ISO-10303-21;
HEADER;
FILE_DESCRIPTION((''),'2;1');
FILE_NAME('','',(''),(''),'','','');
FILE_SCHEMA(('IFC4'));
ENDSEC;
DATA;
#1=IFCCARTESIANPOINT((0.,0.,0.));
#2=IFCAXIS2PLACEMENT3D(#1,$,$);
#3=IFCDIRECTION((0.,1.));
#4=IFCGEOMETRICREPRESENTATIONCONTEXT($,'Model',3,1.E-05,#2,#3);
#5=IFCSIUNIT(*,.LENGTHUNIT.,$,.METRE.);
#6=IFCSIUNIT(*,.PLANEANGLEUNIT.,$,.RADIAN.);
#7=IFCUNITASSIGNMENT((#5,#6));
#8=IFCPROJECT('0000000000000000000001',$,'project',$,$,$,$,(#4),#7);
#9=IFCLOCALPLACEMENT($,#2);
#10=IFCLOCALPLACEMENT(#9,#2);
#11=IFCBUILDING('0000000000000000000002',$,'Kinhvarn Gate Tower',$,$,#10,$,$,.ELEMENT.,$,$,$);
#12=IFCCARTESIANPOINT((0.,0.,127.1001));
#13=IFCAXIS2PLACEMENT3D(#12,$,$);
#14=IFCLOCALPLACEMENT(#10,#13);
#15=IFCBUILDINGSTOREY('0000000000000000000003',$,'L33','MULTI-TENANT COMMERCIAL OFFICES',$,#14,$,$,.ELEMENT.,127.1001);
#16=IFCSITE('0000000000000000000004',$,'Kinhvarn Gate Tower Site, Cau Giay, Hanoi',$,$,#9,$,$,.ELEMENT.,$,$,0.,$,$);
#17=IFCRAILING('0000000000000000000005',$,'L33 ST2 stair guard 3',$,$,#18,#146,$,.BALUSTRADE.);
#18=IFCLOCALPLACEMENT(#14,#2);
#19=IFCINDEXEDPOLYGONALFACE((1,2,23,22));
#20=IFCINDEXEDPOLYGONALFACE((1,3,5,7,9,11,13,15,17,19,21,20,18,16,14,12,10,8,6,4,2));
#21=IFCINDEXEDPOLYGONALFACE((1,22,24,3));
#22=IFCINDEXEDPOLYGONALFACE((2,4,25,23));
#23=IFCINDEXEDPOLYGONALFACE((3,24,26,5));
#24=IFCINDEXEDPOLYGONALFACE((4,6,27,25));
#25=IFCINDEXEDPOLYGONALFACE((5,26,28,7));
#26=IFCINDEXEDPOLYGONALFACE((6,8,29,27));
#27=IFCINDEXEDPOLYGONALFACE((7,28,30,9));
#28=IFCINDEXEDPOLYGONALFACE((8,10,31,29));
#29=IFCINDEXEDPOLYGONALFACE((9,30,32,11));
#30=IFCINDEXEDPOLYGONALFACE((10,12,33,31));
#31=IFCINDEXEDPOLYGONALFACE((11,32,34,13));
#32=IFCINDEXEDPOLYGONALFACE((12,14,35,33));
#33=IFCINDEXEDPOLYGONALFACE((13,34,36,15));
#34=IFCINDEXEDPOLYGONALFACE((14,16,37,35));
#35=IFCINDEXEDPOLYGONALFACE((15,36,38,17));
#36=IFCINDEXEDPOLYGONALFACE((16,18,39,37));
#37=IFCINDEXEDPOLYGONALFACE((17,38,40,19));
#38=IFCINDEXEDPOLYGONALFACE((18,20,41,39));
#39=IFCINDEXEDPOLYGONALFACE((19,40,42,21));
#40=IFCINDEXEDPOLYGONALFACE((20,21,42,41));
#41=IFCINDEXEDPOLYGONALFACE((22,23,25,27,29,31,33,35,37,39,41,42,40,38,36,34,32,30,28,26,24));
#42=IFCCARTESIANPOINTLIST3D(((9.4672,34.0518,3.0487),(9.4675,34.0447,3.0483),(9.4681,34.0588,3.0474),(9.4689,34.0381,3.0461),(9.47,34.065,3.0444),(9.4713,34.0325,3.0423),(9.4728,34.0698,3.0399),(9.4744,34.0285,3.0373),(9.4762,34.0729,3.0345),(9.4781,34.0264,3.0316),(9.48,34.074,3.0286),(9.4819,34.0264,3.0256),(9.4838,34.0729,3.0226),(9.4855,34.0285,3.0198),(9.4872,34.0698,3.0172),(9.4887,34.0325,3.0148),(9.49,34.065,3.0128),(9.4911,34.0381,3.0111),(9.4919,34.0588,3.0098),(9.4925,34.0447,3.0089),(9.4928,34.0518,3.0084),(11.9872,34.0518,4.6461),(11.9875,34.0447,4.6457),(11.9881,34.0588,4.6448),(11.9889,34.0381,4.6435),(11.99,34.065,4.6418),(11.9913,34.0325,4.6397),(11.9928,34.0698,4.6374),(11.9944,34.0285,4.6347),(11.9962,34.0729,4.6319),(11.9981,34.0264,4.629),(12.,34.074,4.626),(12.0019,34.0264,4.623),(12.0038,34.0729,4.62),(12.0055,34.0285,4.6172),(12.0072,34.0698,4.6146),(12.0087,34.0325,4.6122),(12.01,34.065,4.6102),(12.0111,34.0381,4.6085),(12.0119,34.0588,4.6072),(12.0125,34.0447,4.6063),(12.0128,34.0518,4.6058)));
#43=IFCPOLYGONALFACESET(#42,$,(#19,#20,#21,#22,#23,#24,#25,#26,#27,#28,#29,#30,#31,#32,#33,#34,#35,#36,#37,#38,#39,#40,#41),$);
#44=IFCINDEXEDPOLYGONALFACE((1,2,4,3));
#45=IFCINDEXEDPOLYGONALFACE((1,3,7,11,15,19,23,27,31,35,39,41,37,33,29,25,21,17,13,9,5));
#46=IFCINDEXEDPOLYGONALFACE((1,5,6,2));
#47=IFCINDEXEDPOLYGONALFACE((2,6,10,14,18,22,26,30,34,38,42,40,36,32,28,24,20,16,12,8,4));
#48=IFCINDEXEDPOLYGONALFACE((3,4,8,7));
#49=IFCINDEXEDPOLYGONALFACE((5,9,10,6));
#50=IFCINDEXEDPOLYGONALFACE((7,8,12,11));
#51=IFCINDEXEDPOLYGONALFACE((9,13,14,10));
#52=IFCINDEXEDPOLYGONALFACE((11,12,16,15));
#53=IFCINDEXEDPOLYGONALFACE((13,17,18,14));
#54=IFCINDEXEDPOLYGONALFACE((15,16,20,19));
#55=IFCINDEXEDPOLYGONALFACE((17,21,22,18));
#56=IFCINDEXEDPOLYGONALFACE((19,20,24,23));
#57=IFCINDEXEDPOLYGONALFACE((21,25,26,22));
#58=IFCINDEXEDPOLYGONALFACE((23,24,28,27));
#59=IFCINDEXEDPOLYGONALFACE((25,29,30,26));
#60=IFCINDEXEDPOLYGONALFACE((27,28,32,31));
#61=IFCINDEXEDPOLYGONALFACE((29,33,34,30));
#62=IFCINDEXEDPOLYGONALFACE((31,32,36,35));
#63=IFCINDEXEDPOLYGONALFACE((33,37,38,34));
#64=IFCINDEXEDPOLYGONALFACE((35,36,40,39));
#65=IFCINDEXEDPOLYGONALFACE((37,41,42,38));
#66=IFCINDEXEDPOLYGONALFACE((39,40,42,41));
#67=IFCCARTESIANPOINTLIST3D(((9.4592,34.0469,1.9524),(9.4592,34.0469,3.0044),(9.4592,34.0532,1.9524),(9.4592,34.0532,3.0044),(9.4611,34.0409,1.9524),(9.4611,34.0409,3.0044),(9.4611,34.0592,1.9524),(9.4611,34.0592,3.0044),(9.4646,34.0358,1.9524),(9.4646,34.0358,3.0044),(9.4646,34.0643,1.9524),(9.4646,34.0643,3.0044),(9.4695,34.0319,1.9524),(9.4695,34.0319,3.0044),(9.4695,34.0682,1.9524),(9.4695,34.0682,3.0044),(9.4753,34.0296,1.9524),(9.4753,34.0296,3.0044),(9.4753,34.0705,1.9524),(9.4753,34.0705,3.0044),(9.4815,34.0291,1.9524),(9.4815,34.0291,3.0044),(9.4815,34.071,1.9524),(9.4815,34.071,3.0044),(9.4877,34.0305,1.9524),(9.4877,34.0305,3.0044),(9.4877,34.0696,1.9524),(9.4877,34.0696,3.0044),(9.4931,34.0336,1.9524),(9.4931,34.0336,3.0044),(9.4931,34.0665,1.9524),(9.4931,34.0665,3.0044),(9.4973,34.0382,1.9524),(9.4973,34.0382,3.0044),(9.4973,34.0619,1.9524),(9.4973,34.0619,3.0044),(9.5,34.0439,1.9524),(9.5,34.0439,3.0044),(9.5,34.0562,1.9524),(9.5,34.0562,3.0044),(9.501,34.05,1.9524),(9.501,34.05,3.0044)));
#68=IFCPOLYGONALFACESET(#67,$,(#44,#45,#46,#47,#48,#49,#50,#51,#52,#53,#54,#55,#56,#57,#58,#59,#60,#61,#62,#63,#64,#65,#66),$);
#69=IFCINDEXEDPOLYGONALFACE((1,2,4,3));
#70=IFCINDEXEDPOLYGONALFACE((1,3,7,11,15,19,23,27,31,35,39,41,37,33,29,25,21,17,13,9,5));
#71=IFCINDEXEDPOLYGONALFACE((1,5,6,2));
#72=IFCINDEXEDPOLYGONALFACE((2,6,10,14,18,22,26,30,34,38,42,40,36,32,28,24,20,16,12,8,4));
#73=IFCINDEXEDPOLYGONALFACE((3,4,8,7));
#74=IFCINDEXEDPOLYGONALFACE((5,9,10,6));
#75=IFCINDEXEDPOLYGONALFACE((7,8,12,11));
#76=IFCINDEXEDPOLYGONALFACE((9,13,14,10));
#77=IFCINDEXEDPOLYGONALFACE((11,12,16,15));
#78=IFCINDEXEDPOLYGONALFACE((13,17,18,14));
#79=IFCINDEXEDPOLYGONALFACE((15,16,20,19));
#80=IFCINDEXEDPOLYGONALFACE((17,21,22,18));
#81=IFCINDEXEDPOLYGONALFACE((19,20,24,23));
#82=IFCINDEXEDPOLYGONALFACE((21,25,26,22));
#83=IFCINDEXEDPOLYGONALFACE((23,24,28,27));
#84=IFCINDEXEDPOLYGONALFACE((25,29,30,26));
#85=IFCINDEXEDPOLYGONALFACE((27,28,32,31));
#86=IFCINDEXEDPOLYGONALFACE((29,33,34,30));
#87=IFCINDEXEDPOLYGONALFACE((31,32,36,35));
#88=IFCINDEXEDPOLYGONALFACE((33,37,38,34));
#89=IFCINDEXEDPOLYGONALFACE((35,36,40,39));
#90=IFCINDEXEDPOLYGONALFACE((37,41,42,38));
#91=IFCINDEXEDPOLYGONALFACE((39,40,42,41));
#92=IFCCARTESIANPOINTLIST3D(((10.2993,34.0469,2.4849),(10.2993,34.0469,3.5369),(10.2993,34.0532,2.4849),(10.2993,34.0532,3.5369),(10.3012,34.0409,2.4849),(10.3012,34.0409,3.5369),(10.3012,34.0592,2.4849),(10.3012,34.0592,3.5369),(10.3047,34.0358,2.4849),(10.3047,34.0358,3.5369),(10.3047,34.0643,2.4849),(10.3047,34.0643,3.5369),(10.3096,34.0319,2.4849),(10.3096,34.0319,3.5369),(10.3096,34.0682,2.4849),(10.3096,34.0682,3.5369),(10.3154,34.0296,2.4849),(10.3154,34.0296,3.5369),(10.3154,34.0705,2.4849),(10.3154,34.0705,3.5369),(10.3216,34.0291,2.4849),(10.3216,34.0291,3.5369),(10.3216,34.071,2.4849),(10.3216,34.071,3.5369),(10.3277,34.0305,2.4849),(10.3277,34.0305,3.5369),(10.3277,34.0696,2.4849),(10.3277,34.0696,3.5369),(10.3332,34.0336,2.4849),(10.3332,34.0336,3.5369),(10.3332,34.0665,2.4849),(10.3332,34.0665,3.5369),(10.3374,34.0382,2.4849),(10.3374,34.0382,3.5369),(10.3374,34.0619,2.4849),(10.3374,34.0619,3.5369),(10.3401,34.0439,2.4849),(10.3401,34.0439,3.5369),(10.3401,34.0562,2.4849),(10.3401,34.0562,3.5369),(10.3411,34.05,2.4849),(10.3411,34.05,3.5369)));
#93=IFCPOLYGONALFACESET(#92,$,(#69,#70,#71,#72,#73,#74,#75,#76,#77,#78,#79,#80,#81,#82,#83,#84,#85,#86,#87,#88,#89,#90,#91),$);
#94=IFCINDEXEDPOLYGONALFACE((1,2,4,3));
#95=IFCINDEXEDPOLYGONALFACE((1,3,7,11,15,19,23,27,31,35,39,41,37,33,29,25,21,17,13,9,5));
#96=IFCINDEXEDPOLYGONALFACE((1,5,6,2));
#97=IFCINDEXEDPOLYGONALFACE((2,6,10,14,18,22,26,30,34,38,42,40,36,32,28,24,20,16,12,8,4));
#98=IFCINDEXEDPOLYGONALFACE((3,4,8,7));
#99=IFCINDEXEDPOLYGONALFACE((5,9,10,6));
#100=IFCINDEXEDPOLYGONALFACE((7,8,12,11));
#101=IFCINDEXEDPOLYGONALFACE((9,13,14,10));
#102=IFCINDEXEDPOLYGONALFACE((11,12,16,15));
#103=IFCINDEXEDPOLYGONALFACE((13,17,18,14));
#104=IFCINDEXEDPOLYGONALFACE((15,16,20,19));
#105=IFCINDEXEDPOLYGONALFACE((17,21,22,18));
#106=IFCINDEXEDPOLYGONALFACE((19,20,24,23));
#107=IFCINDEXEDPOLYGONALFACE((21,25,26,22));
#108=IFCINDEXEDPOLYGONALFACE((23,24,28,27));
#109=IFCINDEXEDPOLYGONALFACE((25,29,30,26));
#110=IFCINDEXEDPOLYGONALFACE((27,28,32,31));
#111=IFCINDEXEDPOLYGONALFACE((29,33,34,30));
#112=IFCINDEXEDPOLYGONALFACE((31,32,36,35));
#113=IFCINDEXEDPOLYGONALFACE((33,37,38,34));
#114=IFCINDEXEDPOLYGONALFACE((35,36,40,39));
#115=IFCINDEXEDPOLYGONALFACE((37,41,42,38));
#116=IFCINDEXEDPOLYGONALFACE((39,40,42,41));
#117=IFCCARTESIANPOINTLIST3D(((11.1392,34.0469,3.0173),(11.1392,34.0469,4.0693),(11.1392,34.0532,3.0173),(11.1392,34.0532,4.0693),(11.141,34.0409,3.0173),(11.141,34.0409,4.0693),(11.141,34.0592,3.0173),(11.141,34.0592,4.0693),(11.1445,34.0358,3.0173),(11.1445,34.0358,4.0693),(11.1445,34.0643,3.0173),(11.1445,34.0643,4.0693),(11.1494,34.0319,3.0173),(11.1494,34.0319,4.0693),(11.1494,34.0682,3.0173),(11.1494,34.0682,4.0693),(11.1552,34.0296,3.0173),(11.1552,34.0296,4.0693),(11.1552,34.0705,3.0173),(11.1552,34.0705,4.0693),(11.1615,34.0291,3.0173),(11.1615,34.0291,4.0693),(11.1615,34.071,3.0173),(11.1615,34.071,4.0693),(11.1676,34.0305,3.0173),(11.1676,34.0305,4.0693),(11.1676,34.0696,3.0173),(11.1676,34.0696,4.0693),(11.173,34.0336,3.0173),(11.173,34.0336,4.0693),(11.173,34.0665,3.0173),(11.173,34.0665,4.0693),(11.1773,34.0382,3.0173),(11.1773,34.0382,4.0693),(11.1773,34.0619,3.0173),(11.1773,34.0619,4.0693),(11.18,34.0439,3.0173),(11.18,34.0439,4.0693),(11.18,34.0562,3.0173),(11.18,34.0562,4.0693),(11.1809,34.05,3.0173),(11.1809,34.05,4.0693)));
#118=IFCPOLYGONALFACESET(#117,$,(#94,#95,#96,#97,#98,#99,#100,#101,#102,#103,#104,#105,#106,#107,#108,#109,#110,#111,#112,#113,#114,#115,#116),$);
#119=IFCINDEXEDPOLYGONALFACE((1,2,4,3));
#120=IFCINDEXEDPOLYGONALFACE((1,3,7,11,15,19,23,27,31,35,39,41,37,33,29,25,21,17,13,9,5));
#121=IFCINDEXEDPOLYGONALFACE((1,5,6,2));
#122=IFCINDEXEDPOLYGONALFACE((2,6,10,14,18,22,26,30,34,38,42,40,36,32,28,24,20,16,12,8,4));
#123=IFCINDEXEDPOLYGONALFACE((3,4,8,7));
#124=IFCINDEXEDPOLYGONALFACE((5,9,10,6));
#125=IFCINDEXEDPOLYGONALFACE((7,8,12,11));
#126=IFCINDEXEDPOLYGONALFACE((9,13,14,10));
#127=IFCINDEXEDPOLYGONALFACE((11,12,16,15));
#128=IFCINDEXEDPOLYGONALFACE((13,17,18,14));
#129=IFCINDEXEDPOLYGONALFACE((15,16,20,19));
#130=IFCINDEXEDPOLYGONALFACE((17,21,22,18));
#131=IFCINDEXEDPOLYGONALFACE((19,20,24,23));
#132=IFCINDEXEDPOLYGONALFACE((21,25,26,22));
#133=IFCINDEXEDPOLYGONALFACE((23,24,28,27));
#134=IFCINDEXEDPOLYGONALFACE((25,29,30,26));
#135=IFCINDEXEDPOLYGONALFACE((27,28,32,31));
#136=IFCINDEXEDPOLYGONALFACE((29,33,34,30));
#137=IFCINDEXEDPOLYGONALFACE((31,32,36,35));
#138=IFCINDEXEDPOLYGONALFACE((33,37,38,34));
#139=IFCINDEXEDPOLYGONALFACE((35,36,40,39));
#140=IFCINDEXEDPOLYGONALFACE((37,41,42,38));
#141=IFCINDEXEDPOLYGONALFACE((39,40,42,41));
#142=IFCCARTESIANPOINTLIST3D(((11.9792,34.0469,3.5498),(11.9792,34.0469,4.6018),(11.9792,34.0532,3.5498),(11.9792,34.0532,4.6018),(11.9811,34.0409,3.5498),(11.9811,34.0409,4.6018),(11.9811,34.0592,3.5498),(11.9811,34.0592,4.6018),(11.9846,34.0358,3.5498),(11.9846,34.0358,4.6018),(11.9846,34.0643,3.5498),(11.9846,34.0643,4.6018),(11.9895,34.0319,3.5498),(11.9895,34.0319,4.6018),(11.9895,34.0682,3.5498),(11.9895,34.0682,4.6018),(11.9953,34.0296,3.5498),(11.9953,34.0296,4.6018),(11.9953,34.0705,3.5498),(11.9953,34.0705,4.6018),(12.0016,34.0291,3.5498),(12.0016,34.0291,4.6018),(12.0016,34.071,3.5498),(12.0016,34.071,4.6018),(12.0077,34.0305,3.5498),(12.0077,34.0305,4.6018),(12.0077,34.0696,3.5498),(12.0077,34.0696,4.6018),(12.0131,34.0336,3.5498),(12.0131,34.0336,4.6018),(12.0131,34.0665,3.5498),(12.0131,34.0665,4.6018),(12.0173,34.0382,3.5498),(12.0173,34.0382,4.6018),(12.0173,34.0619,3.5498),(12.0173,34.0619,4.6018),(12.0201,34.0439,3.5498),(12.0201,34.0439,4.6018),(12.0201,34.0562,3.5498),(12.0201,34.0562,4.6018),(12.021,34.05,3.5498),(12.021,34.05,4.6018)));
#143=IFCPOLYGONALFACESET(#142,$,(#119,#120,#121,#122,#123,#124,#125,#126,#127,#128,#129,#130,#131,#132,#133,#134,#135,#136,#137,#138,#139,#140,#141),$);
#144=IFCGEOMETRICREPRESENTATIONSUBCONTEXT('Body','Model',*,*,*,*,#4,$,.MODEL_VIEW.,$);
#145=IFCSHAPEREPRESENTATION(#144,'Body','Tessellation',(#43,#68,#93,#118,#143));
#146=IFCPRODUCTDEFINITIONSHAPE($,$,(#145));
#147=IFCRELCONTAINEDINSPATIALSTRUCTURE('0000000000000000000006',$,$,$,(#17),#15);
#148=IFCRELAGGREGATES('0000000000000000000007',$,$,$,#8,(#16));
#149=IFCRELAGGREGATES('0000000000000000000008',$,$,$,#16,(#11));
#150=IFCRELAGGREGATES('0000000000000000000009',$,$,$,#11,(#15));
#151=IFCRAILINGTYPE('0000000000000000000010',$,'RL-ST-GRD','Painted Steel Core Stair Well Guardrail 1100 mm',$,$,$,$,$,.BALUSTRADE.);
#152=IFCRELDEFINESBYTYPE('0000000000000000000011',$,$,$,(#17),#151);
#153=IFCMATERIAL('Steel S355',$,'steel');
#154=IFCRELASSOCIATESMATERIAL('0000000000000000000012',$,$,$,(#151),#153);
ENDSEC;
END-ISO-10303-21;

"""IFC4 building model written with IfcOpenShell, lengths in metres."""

from ifc_helpers import new_model, si_unit, direction, frame, origin, origin_2d, place, context, subcontext, project, spatial, circle, extrude, material, type_object, element, save


model = new_model("IFC4")

# Units and contexts
model_context = context("Model", 3, precision=1e-05, world=origin(), true_north=direction((0.0, 1.0)))
body_context = subcontext(model_context, "Body", "Model", "MODEL_VIEW")
ifc_project = project(units=[si_unit("LENGTHUNIT", "METRE"), si_unit("PLANEANGLEUNIT", "RADIAN")], contexts=[model_context])

# Site, building, storey
site_placement = place(None, origin())
site = spatial("IfcSite", under=ifc_project, at=site_placement, Name="Kinhvarn Gate Tower Site, Cau Giay, Hanoi", CompositionType="ELEMENT", RefElevation=0.0)
building_placement = place(site_placement, origin())
building = spatial("IfcBuilding", under=site, at=building_placement, Name="Kinhvarn Gate Tower", CompositionType="ELEMENT")
storey_placement = place(building_placement, frame((0.0, 0.0, 127.1001)))
storey = spatial("IfcBuildingStorey", under=building, at=storey_placement, Name="L33", Description="MULTI-TENANT COMMERCIAL OFFICES", CompositionType="ELEMENT", Elevation=127.1001)

# Shared definitions
ifc_material_1 = material(Name="Steel S355", Category="steel")

# Railing
railing_type_1 = type_object("IfcRailingType", Name="RL-ST-GRD", Description="Painted Steel Core Stair Well Guardrail 1100 mm", PredefinedType="BALUSTRADE", material=ifc_material_1)
railing_1_placement = place(storey_placement, frame((9.48, 34.05, 1.9524)))
element("IfcRailing", 1, at=railing_1_placement, inside=storey, type_object=railing_type_1, Name="L33 ST2 stair guard 3", PredefinedType="BALUSTRADE", context=body_context, shape_type="SweptSolid", body=[
    extrude(circle(Radius=0.0239, at=origin_2d()), frame((0.0, 0.0, 1.0762), z_axis=(0.844607, 0.0, 0.535387), x_axis=(0.0, 1.0, 0.0)), (0.0, 0.0, 1.0), 2.9836),
    extrude(circle(Radius=0.021, at=origin_2d()), origin(), (0.0, 0.0, 1.0), 1.052),
    extrude(circle(Radius=0.021, at=origin_2d()), frame((0.8401, 0.0, 0.5325)), (0.0, 0.0, 1.0), 1.052),
    extrude(circle(Radius=0.021, at=origin_2d()), frame((1.6799, 0.0, 1.0649)), (0.0, 0.0, 1.0), 1.052),
    extrude(circle(Radius=0.021, at=origin_2d()), frame((2.52, 0.0, 1.5974)), (0.0, 0.0, 1.0), 1.052),
])

save(model, "model.ifc")
